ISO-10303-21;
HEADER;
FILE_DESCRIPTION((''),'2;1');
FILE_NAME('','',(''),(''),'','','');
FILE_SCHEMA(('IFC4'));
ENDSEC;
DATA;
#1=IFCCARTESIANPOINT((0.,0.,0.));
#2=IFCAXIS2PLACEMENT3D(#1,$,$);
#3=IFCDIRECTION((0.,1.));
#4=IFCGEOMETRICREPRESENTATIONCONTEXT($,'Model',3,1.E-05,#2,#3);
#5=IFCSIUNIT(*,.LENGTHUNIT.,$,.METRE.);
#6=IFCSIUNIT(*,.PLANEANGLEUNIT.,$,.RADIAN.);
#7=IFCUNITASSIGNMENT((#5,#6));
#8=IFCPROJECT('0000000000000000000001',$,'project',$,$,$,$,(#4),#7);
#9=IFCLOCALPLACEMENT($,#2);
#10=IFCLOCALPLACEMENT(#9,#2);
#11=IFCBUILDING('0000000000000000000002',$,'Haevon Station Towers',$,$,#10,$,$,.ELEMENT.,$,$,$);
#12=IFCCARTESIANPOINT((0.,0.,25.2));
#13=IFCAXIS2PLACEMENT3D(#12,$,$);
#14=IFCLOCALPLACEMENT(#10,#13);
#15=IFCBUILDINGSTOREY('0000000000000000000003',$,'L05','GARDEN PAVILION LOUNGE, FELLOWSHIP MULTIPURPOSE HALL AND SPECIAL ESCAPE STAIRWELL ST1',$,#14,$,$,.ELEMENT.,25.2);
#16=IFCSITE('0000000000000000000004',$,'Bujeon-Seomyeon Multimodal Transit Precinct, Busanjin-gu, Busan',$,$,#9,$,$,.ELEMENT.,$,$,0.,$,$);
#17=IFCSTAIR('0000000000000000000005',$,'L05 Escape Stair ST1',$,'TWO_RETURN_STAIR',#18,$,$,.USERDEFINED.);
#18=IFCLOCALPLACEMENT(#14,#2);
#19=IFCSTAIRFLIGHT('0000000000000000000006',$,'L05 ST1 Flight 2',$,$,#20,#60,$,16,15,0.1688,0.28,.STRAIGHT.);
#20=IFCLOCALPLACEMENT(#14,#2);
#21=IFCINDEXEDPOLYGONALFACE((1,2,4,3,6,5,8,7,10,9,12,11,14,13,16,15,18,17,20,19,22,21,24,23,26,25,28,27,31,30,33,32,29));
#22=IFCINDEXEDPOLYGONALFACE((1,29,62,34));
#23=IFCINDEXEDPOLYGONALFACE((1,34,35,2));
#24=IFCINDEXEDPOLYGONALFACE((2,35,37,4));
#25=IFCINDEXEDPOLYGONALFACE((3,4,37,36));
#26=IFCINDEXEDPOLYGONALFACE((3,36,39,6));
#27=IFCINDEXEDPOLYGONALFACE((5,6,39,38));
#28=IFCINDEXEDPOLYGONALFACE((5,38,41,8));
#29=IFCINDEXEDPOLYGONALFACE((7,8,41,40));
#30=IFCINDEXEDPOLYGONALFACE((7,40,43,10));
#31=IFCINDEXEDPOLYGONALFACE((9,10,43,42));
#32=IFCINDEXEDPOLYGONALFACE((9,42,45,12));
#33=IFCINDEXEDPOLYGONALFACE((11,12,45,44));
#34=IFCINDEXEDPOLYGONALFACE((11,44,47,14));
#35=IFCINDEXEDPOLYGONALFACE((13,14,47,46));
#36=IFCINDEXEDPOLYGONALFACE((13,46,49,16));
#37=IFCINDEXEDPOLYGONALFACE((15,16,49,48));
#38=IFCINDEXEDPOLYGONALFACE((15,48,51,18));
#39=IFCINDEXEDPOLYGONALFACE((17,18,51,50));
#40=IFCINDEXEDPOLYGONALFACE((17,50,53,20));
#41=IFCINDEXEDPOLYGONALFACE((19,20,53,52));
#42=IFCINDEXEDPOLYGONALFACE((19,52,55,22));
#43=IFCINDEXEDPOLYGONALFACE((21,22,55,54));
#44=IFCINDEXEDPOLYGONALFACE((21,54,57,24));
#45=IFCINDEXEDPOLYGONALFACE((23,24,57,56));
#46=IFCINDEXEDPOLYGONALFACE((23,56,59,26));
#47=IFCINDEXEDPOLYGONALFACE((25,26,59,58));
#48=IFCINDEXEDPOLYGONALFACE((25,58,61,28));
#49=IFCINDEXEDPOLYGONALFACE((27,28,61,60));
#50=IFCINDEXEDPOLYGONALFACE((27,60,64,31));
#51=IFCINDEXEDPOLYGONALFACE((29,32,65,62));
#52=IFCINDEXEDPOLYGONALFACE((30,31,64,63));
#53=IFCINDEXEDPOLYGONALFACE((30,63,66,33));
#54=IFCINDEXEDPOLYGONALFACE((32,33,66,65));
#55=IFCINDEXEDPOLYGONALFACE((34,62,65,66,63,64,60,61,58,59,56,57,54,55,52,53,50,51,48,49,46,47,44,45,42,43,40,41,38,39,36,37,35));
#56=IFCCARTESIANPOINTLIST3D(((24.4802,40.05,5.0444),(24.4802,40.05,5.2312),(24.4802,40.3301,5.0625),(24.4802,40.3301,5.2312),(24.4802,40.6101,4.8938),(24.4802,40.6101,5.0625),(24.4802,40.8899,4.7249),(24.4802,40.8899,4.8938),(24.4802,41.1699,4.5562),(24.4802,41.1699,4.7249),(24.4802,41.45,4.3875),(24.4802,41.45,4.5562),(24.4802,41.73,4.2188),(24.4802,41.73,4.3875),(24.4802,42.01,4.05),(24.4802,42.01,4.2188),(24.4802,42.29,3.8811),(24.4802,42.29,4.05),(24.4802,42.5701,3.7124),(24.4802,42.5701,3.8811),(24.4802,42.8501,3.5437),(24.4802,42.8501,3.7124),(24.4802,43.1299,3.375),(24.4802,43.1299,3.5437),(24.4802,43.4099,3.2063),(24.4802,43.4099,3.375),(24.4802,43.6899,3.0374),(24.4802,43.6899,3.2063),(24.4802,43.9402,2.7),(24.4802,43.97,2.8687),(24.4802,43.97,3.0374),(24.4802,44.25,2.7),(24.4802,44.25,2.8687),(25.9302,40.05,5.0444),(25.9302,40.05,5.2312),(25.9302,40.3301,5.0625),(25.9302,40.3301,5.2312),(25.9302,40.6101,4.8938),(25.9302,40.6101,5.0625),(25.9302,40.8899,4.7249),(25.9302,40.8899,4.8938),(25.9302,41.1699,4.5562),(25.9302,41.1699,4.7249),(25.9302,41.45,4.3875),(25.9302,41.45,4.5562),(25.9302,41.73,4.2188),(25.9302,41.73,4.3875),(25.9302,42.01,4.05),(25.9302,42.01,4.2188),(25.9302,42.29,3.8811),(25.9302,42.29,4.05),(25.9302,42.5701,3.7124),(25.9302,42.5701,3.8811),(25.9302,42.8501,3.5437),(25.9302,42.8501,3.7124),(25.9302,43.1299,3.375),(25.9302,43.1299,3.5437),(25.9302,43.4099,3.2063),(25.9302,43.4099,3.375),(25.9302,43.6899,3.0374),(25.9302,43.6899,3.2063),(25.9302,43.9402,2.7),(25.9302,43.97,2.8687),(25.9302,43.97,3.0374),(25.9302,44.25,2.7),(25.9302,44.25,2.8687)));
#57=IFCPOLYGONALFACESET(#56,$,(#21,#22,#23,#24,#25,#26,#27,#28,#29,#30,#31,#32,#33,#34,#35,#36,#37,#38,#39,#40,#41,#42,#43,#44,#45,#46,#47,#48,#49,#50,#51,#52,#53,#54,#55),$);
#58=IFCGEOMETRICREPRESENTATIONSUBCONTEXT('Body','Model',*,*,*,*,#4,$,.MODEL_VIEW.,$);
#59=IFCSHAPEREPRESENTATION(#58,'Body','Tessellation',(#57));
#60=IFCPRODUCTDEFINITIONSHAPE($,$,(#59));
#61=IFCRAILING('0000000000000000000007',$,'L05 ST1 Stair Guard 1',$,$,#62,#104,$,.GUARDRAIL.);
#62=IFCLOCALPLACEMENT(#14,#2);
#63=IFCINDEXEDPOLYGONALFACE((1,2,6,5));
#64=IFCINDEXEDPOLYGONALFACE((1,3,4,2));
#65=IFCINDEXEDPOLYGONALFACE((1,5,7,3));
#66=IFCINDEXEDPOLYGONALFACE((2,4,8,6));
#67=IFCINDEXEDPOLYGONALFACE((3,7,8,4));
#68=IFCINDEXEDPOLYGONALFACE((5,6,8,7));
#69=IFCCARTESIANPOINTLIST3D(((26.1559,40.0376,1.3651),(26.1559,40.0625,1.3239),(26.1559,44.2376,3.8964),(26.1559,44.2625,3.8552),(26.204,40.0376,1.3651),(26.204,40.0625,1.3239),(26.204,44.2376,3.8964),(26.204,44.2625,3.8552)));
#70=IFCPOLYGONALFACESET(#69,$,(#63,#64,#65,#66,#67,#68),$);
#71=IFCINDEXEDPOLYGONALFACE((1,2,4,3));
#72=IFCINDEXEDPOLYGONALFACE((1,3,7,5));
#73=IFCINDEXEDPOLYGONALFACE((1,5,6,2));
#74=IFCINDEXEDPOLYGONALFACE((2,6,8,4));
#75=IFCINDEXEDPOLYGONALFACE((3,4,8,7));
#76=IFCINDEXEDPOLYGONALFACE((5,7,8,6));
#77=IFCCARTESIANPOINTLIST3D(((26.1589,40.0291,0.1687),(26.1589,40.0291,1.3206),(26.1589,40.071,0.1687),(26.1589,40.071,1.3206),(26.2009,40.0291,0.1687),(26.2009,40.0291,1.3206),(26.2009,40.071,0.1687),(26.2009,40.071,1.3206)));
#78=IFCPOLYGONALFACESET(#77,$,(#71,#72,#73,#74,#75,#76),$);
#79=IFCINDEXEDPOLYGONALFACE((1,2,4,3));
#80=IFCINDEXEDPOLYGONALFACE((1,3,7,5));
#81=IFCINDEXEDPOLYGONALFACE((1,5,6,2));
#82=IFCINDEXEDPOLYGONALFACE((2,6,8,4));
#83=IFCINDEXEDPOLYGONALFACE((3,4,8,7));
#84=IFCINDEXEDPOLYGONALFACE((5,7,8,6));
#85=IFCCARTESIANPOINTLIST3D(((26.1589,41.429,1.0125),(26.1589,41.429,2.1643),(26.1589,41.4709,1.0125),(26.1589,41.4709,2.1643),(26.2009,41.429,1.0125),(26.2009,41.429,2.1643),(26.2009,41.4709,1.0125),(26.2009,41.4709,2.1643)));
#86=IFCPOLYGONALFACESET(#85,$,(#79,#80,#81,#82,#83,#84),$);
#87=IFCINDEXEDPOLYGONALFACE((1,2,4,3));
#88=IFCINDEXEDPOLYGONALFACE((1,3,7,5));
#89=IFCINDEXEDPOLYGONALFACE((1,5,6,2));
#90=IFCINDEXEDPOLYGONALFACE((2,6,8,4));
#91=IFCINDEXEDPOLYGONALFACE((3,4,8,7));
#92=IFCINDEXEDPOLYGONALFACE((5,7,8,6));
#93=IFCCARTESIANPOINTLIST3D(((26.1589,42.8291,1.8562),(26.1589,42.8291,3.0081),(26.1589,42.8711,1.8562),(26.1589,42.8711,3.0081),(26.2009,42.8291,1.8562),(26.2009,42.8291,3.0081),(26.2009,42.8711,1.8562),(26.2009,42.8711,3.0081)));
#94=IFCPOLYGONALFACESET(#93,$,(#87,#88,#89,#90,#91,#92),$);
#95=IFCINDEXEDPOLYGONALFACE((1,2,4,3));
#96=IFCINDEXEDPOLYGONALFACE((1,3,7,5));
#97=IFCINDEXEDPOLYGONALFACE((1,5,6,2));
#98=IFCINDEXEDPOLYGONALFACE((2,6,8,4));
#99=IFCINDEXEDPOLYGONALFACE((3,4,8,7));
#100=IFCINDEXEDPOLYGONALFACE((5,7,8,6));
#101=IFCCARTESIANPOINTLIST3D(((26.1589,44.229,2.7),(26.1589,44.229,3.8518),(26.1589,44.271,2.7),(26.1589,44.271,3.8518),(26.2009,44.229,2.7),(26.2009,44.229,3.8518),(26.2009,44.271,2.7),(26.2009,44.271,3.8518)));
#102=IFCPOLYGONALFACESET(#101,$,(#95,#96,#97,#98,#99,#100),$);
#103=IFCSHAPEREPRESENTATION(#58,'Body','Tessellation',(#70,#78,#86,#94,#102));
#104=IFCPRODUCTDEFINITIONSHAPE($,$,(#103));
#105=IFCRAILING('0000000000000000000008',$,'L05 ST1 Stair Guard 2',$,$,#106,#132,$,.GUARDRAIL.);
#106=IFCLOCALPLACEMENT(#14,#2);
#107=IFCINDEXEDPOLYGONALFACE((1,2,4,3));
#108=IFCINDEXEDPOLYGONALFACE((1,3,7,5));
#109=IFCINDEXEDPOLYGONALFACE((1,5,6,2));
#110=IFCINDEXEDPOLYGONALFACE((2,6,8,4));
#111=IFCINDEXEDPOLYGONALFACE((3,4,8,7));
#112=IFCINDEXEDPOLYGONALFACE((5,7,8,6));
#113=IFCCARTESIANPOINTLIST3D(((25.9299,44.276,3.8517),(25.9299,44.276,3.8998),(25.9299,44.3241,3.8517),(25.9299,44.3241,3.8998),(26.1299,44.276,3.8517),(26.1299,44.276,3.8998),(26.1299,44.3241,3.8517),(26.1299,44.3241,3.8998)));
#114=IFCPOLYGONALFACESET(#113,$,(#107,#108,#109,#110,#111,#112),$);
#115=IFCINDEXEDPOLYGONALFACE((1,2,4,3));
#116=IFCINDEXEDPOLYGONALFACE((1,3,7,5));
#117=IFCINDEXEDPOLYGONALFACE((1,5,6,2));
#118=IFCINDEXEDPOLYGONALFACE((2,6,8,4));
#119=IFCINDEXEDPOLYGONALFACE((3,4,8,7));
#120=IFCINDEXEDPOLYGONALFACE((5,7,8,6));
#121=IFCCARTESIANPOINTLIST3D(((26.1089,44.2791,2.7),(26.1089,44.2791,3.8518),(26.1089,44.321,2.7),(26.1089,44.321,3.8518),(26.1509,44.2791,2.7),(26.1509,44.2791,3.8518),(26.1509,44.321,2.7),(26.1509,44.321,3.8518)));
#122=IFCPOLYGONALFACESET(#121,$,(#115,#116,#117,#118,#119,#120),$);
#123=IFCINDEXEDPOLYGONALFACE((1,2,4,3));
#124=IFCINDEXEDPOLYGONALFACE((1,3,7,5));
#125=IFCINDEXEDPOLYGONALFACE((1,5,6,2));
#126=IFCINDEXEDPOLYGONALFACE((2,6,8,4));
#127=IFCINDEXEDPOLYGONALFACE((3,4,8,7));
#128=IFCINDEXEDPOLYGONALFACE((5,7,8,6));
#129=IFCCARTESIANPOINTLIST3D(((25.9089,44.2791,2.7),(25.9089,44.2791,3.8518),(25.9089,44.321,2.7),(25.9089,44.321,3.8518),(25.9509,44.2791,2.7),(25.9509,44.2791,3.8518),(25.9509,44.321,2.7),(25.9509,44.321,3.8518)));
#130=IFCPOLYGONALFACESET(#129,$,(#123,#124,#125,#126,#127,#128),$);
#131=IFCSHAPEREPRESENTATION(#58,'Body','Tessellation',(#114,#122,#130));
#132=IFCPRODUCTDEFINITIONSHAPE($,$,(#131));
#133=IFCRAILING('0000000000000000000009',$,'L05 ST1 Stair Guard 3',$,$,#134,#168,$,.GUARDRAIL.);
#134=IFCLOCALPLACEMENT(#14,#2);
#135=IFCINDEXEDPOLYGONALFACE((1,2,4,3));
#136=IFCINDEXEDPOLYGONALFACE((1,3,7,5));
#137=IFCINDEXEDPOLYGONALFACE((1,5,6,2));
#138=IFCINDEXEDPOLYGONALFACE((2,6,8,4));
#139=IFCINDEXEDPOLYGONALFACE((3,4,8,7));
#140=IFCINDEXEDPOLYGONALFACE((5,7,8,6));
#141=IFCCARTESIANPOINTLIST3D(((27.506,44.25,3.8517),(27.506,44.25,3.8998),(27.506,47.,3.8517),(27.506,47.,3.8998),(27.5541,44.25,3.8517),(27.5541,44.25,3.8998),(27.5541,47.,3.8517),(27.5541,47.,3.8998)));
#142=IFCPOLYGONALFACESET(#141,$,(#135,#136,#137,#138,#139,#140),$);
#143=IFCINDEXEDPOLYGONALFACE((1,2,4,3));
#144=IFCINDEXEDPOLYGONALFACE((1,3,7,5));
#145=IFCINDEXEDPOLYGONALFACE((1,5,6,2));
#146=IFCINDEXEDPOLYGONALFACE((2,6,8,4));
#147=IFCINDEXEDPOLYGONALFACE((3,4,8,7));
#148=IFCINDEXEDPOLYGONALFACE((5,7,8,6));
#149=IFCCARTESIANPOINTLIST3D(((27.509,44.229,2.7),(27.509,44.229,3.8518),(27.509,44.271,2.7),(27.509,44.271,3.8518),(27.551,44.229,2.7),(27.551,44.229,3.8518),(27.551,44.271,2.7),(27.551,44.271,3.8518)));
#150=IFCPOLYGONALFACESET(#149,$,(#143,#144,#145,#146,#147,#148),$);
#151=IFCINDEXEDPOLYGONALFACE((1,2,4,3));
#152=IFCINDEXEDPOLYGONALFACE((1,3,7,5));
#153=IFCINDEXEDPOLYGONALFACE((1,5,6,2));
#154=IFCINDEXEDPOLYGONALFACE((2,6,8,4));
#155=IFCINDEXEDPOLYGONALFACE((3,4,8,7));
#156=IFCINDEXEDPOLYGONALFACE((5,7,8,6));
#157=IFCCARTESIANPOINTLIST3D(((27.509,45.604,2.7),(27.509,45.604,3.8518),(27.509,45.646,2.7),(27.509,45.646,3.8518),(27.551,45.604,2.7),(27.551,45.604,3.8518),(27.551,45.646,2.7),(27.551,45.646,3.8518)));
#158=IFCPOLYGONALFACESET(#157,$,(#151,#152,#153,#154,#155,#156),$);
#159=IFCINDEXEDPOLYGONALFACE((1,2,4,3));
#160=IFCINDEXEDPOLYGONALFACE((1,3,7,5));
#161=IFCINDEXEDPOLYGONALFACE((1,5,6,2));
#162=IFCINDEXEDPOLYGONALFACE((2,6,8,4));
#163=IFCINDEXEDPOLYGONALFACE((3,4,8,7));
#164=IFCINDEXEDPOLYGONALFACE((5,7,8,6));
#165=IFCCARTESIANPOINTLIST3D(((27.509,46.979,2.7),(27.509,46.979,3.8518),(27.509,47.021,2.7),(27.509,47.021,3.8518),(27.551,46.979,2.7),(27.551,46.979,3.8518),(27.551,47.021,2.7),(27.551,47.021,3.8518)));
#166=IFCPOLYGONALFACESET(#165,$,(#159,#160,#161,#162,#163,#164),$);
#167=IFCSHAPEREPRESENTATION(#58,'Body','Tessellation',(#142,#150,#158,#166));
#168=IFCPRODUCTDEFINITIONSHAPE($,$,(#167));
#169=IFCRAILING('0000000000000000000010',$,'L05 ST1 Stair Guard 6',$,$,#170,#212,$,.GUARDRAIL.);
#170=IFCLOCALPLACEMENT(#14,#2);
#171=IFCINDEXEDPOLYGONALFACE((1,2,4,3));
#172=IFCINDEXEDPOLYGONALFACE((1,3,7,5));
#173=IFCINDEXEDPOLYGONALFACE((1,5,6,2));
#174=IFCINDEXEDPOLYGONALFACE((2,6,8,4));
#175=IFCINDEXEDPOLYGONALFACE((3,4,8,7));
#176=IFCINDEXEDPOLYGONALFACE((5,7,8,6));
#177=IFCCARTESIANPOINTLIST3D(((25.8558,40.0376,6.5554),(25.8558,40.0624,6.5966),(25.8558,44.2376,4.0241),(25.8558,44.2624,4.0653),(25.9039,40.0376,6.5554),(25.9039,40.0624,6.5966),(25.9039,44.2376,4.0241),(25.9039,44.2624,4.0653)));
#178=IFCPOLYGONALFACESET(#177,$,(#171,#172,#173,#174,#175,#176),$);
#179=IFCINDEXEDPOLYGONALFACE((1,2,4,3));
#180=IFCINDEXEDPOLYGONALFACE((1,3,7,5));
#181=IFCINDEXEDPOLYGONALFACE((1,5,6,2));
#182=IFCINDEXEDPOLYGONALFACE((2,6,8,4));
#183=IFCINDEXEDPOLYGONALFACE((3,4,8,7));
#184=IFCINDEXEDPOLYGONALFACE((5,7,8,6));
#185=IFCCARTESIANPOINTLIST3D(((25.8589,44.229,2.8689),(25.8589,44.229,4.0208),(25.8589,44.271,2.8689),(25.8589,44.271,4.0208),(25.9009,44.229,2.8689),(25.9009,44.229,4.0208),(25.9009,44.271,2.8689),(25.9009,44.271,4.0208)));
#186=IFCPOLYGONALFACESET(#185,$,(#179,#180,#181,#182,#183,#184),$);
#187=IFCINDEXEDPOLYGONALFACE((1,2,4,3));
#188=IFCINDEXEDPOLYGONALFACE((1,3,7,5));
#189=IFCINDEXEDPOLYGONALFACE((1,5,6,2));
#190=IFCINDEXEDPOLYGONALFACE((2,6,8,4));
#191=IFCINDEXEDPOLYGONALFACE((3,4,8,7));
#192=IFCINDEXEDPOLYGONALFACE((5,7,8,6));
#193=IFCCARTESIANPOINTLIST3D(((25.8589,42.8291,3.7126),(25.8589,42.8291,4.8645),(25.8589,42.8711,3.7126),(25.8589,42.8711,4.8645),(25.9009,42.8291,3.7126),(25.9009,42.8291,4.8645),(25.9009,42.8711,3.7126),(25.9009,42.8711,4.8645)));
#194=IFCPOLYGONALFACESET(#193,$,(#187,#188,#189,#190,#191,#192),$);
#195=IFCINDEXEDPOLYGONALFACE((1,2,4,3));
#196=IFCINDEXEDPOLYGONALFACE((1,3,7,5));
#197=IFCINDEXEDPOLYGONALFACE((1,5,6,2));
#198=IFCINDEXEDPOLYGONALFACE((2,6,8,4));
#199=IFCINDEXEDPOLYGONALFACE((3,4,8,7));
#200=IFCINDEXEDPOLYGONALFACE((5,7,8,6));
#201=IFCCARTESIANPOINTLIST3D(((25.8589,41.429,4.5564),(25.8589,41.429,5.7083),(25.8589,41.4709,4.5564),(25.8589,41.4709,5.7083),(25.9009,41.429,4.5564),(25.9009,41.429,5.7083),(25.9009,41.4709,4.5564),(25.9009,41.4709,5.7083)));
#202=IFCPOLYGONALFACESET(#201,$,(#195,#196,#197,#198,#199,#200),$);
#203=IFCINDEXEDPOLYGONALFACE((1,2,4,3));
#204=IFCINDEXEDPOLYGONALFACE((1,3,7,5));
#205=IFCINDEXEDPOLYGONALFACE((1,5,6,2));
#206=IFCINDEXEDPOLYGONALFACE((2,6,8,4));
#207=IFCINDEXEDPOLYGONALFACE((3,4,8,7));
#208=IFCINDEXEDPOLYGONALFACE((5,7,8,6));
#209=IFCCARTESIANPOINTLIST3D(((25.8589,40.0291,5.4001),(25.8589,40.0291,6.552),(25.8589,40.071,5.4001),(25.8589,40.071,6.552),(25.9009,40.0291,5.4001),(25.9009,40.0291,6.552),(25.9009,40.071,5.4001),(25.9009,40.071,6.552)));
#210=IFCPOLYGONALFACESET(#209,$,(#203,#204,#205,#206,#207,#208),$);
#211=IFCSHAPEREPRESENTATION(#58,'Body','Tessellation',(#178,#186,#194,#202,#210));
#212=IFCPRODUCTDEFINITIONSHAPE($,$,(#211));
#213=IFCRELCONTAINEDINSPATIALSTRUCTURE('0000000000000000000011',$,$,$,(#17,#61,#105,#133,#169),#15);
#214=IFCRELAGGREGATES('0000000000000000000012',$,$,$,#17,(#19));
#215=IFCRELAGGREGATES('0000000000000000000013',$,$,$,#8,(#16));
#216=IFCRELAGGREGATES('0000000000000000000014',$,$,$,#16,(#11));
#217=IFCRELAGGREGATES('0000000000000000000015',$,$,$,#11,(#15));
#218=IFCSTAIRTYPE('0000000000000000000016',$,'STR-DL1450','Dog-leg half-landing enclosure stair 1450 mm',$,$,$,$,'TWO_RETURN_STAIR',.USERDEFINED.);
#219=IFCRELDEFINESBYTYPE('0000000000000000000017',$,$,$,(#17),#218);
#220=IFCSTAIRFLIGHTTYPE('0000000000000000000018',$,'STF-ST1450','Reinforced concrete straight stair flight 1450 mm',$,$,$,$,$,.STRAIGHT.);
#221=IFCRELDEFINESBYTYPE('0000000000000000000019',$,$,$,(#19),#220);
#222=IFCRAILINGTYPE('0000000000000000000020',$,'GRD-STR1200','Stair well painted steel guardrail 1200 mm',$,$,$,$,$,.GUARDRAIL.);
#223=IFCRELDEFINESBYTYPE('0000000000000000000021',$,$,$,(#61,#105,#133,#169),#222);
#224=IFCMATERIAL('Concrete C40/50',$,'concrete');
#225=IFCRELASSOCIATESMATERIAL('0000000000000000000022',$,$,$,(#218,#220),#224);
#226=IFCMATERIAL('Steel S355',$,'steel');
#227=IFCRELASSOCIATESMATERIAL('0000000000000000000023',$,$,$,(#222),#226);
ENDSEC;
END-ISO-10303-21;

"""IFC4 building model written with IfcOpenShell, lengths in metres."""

from ifc_helpers import new_model, si_unit, direction, frame, origin, origin_2d, place, context, subcontext, project, spatial, polyline, rectangle, outline, extrude, material, type_object, element, aggregate, save


model = new_model("IFC4")

# Units and contexts
model_context = context("Model", 3, precision=1e-05, world=origin(), true_north=direction((0.0, 1.0)))
body_context = subcontext(model_context, "Body", "Model", "MODEL_VIEW")
ifc_project = project(units=[si_unit("LENGTHUNIT", "METRE"), si_unit("PLANEANGLEUNIT", "RADIAN")], contexts=[model_context])

# Site, building, storey
site_placement = place(None, origin())
site = spatial("IfcSite", under=ifc_project, at=site_placement, Name="Bujeon-Seomyeon Multimodal Transit Precinct, Busanjin-gu, Busan", CompositionType="ELEMENT", RefElevation=0.0)
building_placement = place(site_placement, origin())
building = spatial("IfcBuilding", under=site, at=building_placement, Name="Haevon Station Towers", CompositionType="ELEMENT")
storey_placement = place(building_placement, frame((0.0, 0.0, 25.2)))
storey = spatial("IfcBuildingStorey", under=building, at=storey_placement, Name="L05", Description="GARDEN PAVILION LOUNGE, FELLOWSHIP MULTIPURPOSE HALL AND SPECIAL ESCAPE STAIRWELL ST1", CompositionType="ELEMENT", Elevation=25.2)

# Shared definitions
ifc_material_1 = material(Name="Steel S355", Category="steel")

# Stair, stair flight
ifc_material_2 = material(Name="Concrete C40/50", Category="concrete")
stair_type = type_object("IfcStairType", Name="STR-DL1450", Description="Dog-leg half-landing enclosure stair 1450 mm", ElementType="TWO_RETURN_STAIR", PredefinedType="USERDEFINED", material=ifc_material_2)
stair_placement = place(storey_placement, origin())
stair = element("IfcStair", 1, at=stair_placement, inside=storey, type_object=stair_type, Name="L05 Escape Stair ST1", ObjectType="TWO_RETURN_STAIR", PredefinedType="USERDEFINED")
stair_flight_type = type_object("IfcStairFlightType", Name="STF-ST1450", Description="Reinforced concrete straight stair flight 1450 mm", PredefinedType="STRAIGHT", material=ifc_material_2)
stair_flight_1_placement = place(storey_placement, frame((25.2051, 44.25, 2.7), z_axis=(0.0, 0.0, 1.0), x_axis=(0.0, -1.0, 0.0)))
stair_flight_1 = element("IfcStairFlight", 2, at=stair_flight_1_placement, type_object=stair_flight_type, Name="L05 ST1 Flight 2", NumberOfRisers=16, NumberOfTreads=15, PredefinedType="STRAIGHT", RiserHeight=0.1688, TreadLength=0.28, context=body_context, shape_type="SweptSolid", body=[
    extrude(outline(polyline([(0.0, 0.0), (0.0, 0.1687), (0.28, 0.1687), (0.28, 0.3374), (0.5601, 0.3374), (0.5601, 0.5063), (0.8401, 0.5063), (0.8401, 0.675), (1.1201, 0.675), (1.1201, 0.8438), (1.3999, 0.8438), (1.3999, 1.0125), (1.6799, 1.0125), (1.6799, 1.1812), (1.96, 1.1812), (1.96, 1.3501), (2.24, 1.3501), (2.24, 1.5188), (2.52, 1.5188), (2.52, 1.6875), (2.8, 1.6875), (2.8, 1.8562), (3.0801, 1.8562), (3.0801, 2.0249), (3.3601, 2.0249), (3.3601, 2.1938), (3.6399, 2.1938), (3.6399, 2.3625), (3.9199, 2.3625), (3.9199, 2.5312), (4.2, 2.5312), (4.2, 2.7), (4.2, 2.3445), (0.3098, 0.0), (0.0, 0.0)])), frame((0.0, 0.7251, 0.0), z_axis=(0.0, -1.0, 0.0), x_axis=(1.0, 0.0, 0.0)), (0.0, 0.0, 1.0), 1.45),
])
aggregate(stair, [stair_flight_1])

# Railings
railing_type_1 = type_object("IfcRailingType", Name="GRD-STR1200", Description="Stair well painted steel guardrail 1200 mm", PredefinedType="GUARDRAIL", material=ifc_material_1)
railing_1_placement = place(storey_placement, frame((26.1799, 40.05, 0.1687)))
element("IfcRailing", 3, at=railing_1_placement, inside=storey, type_object=railing_type_1, Name="L05 ST1 Stair Guard 1", PredefinedType="GUARDRAIL", context=body_context, shape_type="SweptSolid", body=[
    extrude(rectangle(XDim=0.0481, YDim=0.0481, at=origin_2d()), frame((0.0, 0.0, 1.1758), z_axis=(0.0, 0.856476, 0.516186), x_axis=(-1.0, 0.0, 0.0)), (0.0, 0.0, 1.0), 4.9038),
    extrude(rectangle(XDim=0.042, YDim=0.042, at=origin_2d()), origin(), (0.0, 0.0, 1.0), 1.1519),
    extrude(rectangle(XDim=0.042, YDim=0.042, at=origin_2d()), frame((0.0, 1.3999, 0.8438)), (0.0, 0.0, 1.0), 1.1519),
    extrude(rectangle(XDim=0.042, YDim=0.042, at=origin_2d()), frame((0.0, 2.8, 1.6875)), (0.0, 0.0, 1.0), 1.1519),
    extrude(rectangle(XDim=0.042, YDim=0.042, at=origin_2d()), frame((0.0, 4.2, 2.5312)), (0.0, 0.0, 1.0), 1.1519),
])
railing_2_placement = place(storey_placement, frame((26.1299, 44.3, 2.7)))
element("IfcRailing", 4, at=railing_2_placement, inside=storey, type_object=railing_type_1, Name="L05 ST1 Stair Guard 2", PredefinedType="GUARDRAIL", context=body_context, shape_type="SweptSolid", body=[
    extrude(rectangle(XDim=0.0481, YDim=0.0481, at=origin_2d()), frame((0.0, 0.0, 1.1758), z_axis=(-1.0, 0.0, 0.0), x_axis=(0.0, -1.0, 0.0)), (0.0, 0.0, 1.0), 0.2),
    extrude(rectangle(XDim=0.042, YDim=0.042, at=origin_2d()), origin(), (0.0, 0.0, 1.0), 1.1519),
    extrude(rectangle(XDim=0.042, YDim=0.042, at=origin_2d()), frame((-0.2, 0.0, 0.0)), (0.0, 0.0, 1.0), 1.1519),
])
railing_3_placement = place(storey_placement, frame((27.53, 44.25, 2.7)))
element("IfcRailing", 5, at=railing_3_placement, inside=storey, type_object=railing_type_1, Name="L05 ST1 Stair Guard 3", PredefinedType="GUARDRAIL", context=body_context, shape_type="SweptSolid", body=[
    extrude(rectangle(XDim=0.0481, YDim=0.0481, at=origin_2d()), frame((0.0, 0.0, 1.1758), z_axis=(0.0, 1.0, 0.0), x_axis=(-1.0, 0.0, 0.0)), (0.0, 0.0, 1.0), 2.75),
    extrude(rectangle(XDim=0.042, YDim=0.042, at=origin_2d()), origin(), (0.0, 0.0, 1.0), 1.1519),
    extrude(rectangle(XDim=0.042, YDim=0.042, at=origin_2d()), frame((0.0, 1.375, 0.0)), (0.0, 0.0, 1.0), 1.1519),
    extrude(rectangle(XDim=0.042, YDim=0.042, at=origin_2d()), frame((0.0, 2.75, 0.0)), (0.0, 0.0, 1.0), 1.1519),
])
railing_4_placement = place(storey_placement, frame((25.8799, 44.25, 2.8689)))
element("IfcRailing", 6, at=railing_4_placement, inside=storey, type_object=railing_type_1, Name="L05 ST1 Stair Guard 6", PredefinedType="GUARDRAIL", context=body_context, shape_type="SweptSolid", body=[
    extrude(rectangle(XDim=0.0481, YDim=0.0481, at=origin_2d()), frame((0.0, 0.0, 1.1758), z_axis=(0.0, -0.856476, 0.516186), x_axis=(1.0, 0.0, 0.0)), (0.0, 0.0, 1.0), 4.9038),
    extrude(rectangle(XDim=0.042, YDim=0.042, at=origin_2d()), origin(), (0.0, 0.0, 1.0), 1.1519),
    extrude(rectangle(XDim=0.042, YDim=0.042, at=origin_2d()), frame((0.0, -1.3999, 0.8438)), (0.0, 0.0, 1.0), 1.1519),
    extrude(rectangle(XDim=0.042, YDim=0.042, at=origin_2d()), frame((0.0, -2.8, 1.6875)), (0.0, 0.0, 1.0), 1.1519),
    extrude(rectangle(XDim=0.042, YDim=0.042, at=origin_2d()), frame((0.0, -4.2, 2.5312)), (0.0, 0.0, 1.0), 1.1519),
])

save(model, "model.ifc")
